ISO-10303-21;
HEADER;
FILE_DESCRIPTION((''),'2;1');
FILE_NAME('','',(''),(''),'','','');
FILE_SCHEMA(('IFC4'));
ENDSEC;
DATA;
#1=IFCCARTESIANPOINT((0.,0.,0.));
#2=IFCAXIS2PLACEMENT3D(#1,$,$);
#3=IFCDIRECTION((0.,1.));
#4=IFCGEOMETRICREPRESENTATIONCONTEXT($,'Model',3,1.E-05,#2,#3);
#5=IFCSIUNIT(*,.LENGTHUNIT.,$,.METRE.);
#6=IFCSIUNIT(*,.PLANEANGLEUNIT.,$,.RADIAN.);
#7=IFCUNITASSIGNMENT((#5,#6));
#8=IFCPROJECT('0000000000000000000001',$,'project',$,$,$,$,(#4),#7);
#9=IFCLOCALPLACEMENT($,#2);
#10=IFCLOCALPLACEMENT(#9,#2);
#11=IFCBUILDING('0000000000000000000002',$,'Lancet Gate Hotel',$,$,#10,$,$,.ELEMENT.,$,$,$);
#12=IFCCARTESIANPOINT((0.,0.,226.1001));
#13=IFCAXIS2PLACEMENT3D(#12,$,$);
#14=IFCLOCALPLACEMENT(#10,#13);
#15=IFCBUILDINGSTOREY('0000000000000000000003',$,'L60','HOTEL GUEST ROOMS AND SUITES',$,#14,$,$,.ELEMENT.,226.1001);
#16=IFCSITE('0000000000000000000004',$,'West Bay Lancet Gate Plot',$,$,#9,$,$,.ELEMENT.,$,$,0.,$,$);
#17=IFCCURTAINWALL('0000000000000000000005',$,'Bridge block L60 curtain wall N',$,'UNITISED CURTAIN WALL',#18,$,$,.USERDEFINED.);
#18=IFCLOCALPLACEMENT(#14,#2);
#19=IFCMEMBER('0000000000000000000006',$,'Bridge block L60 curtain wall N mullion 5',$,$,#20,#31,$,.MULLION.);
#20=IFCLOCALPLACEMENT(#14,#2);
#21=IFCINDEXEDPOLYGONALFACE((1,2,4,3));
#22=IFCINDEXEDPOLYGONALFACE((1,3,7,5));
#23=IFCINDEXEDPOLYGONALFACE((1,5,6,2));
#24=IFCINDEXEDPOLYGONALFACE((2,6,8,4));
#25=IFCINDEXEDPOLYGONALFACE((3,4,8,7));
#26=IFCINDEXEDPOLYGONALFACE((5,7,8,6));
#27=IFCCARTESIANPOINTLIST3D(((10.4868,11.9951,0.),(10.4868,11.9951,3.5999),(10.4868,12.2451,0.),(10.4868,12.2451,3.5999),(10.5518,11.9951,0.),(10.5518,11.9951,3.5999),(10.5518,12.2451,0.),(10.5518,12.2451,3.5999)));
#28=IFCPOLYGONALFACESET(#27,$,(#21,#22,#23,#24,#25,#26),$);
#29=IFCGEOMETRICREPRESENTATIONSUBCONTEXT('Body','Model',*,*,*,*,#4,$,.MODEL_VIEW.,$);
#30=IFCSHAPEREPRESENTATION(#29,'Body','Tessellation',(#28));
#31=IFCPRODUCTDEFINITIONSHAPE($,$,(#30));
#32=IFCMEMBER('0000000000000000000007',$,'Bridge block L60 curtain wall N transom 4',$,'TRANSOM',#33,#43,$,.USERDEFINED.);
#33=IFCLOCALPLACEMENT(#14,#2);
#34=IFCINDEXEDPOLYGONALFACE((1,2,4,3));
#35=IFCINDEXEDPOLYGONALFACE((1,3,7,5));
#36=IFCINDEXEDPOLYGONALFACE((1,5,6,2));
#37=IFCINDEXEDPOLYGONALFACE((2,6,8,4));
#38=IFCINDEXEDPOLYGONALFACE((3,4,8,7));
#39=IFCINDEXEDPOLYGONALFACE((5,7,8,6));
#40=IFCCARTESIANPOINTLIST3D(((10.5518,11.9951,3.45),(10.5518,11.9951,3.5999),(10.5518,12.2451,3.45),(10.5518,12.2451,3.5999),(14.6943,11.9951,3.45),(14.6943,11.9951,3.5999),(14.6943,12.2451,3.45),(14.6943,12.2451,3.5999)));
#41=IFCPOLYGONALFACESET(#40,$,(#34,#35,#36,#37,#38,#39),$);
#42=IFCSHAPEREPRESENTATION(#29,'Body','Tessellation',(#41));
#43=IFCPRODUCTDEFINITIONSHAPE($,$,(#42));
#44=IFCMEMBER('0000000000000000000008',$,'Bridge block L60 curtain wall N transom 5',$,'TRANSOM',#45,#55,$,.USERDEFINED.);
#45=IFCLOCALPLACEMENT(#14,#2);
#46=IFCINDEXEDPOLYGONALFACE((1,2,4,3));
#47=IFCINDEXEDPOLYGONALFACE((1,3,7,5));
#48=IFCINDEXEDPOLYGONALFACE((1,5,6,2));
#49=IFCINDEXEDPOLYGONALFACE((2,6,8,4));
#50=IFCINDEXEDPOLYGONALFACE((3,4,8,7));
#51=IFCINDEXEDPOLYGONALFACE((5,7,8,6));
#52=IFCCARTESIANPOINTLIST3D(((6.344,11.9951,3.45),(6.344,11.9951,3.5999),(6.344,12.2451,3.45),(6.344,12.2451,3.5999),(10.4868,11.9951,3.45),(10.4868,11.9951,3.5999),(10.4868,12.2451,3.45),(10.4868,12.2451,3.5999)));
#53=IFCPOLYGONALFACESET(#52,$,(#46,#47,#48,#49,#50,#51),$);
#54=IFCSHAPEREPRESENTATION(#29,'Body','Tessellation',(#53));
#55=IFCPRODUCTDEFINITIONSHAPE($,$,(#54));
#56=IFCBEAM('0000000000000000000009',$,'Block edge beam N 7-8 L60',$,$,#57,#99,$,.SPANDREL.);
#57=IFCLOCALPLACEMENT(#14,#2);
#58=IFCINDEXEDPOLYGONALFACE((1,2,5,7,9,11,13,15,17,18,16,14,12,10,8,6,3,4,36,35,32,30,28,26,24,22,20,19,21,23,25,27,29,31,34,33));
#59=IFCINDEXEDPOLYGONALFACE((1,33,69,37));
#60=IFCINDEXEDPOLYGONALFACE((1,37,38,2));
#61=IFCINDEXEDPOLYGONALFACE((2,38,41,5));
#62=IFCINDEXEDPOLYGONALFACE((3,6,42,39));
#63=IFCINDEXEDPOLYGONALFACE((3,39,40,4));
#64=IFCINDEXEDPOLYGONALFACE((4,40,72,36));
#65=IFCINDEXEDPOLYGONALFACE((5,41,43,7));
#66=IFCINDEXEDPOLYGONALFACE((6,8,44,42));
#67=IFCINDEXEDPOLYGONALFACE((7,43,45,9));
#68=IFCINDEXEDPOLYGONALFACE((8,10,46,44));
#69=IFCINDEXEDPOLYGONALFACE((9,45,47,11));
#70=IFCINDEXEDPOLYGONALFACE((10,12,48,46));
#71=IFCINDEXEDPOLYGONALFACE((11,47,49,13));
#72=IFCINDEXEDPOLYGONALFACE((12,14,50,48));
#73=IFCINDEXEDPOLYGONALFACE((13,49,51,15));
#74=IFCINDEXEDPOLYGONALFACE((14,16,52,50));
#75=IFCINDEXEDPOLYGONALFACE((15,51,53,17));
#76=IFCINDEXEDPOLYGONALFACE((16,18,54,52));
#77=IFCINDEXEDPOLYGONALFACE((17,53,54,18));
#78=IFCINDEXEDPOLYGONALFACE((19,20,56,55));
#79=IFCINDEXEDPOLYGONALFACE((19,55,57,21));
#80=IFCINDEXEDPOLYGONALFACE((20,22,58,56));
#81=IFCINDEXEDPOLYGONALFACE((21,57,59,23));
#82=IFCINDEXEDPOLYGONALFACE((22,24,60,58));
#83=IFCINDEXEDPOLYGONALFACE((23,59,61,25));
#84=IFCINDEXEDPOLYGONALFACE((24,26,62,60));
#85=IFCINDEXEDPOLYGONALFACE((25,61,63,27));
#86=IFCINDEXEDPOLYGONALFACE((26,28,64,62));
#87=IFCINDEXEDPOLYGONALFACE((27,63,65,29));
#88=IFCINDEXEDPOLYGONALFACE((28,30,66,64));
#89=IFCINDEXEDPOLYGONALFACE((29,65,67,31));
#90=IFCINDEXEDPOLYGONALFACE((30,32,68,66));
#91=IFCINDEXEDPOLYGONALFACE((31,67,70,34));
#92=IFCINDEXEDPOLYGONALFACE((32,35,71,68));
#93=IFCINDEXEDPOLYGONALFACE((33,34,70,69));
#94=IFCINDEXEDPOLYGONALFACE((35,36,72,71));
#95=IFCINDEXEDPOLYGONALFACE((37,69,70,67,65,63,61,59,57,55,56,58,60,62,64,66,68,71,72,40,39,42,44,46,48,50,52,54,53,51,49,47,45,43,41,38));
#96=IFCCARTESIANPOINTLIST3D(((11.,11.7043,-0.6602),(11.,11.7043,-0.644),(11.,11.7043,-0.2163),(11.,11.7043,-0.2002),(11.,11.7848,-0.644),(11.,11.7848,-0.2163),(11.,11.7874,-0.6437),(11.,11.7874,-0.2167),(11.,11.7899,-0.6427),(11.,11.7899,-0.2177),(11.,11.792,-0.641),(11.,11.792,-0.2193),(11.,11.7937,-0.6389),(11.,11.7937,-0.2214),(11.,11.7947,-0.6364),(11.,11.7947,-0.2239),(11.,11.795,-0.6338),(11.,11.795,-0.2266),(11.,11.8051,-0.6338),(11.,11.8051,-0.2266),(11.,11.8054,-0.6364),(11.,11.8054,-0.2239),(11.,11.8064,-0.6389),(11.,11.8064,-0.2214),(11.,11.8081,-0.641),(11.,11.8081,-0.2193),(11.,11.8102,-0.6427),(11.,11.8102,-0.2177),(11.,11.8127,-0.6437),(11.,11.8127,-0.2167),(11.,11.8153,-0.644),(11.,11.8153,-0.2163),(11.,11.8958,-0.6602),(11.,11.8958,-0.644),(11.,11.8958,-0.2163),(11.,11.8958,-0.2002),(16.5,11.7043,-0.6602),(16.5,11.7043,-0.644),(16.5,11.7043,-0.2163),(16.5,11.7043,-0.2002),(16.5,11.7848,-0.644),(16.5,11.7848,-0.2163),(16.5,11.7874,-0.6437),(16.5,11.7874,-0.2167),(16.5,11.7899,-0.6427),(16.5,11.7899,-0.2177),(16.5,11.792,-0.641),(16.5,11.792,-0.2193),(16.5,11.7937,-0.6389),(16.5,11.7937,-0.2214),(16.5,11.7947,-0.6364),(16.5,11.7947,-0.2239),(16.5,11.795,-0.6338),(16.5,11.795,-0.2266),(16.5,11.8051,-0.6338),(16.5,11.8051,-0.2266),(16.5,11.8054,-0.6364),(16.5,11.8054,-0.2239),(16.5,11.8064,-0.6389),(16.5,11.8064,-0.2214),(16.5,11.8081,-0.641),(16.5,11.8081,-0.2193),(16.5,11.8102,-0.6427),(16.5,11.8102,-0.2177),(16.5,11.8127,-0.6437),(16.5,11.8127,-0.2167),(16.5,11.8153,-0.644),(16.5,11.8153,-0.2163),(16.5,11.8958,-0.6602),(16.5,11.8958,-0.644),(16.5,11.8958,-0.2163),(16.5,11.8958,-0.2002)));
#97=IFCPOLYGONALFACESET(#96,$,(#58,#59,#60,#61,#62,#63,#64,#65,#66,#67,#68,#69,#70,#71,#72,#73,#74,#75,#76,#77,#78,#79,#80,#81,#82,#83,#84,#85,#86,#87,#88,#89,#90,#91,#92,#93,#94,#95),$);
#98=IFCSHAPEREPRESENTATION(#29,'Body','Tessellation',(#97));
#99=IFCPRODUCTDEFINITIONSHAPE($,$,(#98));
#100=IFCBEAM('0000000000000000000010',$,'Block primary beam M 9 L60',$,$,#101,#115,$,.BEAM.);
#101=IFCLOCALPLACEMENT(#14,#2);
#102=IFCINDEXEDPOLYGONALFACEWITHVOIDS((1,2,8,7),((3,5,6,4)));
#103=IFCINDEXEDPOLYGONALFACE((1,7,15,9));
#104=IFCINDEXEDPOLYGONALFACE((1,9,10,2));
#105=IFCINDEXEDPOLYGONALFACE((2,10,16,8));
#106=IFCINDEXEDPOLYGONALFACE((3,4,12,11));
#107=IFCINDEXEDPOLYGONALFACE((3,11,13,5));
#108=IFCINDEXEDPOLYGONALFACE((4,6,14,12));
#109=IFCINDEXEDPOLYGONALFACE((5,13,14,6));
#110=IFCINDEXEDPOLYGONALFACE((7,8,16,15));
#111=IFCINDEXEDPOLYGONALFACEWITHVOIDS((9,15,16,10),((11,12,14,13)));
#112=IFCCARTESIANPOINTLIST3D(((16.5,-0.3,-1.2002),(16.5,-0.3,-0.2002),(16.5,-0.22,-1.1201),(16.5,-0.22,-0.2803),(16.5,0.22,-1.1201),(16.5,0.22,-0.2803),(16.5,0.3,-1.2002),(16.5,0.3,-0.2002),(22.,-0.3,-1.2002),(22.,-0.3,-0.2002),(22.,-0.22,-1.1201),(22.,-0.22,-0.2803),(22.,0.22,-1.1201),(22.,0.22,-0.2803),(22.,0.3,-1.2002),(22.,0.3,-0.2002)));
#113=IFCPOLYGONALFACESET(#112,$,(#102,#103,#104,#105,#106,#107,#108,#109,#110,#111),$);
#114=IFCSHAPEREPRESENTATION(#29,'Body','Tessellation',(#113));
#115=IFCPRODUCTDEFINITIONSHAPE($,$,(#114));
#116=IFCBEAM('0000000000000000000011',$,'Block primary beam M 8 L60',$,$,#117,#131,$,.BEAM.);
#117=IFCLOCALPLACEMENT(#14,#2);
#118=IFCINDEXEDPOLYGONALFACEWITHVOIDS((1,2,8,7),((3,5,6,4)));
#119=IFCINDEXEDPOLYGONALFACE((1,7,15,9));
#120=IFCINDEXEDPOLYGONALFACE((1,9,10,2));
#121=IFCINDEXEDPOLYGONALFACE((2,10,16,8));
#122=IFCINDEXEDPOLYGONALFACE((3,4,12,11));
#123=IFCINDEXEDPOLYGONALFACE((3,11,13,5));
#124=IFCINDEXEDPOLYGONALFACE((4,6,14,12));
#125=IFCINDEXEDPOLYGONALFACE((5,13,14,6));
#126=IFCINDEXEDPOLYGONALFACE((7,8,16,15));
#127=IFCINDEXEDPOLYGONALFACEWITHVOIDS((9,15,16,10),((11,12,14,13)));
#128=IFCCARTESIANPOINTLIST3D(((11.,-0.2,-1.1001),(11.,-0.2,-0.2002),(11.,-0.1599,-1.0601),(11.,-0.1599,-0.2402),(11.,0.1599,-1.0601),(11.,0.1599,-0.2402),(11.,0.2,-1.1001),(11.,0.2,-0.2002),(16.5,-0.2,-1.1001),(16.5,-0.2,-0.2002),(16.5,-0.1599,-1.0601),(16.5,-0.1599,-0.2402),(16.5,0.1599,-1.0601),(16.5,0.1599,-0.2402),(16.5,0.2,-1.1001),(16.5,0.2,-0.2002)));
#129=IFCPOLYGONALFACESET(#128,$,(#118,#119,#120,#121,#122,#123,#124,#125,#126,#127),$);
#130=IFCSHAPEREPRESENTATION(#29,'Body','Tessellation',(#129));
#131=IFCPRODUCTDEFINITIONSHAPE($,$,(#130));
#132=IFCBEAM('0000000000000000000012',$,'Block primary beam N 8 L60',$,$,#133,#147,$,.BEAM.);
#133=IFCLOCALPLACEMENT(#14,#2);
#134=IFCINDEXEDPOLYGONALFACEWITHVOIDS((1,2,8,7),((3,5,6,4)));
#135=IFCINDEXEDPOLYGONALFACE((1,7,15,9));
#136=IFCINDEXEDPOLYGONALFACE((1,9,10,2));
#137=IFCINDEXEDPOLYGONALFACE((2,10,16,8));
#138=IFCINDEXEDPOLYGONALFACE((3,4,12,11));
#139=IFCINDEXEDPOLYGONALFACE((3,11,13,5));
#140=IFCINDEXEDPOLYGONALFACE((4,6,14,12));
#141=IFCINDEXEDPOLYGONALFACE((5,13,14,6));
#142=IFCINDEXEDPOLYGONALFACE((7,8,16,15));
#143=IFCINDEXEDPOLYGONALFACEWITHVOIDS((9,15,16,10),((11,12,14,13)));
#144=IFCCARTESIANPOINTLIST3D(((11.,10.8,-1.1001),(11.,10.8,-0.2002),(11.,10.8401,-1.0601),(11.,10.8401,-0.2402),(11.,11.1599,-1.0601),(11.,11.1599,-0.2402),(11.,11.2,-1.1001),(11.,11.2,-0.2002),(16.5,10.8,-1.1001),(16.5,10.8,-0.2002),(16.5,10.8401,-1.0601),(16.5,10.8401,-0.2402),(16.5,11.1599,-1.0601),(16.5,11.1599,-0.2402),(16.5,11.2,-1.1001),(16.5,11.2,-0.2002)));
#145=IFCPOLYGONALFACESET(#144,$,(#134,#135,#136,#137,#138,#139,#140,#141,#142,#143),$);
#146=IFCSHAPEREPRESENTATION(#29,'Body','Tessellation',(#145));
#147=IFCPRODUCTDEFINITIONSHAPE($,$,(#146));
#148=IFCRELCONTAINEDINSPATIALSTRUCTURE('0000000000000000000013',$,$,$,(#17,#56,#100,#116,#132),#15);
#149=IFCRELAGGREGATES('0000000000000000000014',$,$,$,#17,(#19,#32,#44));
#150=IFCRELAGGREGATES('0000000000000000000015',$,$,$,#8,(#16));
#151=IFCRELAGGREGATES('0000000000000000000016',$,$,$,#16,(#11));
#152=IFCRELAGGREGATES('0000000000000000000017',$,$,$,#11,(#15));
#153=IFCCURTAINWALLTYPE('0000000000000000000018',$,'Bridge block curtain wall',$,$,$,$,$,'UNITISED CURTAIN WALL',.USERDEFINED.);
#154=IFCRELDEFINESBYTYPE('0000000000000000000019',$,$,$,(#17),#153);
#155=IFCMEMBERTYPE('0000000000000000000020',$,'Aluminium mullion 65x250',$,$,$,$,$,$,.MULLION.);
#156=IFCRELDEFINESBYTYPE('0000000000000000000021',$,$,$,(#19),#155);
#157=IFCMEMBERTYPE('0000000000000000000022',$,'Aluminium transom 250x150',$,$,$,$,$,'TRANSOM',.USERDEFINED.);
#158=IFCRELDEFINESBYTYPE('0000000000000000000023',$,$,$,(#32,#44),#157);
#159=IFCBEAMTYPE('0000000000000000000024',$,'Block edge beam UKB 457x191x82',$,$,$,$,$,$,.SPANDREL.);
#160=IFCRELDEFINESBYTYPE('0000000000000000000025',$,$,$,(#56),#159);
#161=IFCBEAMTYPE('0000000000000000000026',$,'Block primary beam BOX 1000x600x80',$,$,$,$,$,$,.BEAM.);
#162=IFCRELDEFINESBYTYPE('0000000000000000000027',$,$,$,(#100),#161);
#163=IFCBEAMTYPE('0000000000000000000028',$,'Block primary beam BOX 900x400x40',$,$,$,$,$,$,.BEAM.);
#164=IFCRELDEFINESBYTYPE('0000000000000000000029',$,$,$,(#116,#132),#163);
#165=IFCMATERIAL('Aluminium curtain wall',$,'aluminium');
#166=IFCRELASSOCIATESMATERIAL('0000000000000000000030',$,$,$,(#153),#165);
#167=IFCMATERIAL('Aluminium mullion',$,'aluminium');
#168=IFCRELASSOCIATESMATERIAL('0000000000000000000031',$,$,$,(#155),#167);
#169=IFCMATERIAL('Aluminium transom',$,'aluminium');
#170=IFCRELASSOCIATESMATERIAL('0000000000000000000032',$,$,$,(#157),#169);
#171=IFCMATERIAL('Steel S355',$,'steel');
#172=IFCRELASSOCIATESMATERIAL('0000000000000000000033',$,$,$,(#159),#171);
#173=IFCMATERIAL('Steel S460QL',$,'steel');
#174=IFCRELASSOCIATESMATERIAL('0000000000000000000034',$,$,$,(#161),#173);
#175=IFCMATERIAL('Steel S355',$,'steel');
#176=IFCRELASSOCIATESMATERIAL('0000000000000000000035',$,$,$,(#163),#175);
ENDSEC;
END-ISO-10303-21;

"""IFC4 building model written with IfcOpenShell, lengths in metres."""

from ifc_helpers import new_model, si_unit, direction, frame, origin, origin_2d, place, context, subcontext, project, spatial, rectangle, hollow_rectangle, i_section, extrude, material, material_profile, profile_set, type_object, element, aggregate, save


model = new_model("IFC4")

# Units and contexts
model_context = context("Model", 3, precision=1e-05, world=origin(), true_north=direction((0.0, 1.0)))
body_context = subcontext(model_context, "Body", "Model", "MODEL_VIEW")
ifc_project = project(units=[si_unit("LENGTHUNIT", "METRE"), si_unit("PLANEANGLEUNIT", "RADIAN")], contexts=[model_context])

# Site, building, storey
site_placement = place(None, origin())
site = spatial("IfcSite", under=ifc_project, at=site_placement, Name="West Bay Lancet Gate Plot", CompositionType="ELEMENT", RefElevation=0.0)
building_placement = place(site_placement, origin())
building = spatial("IfcBuilding", under=site, at=building_placement, Name="Lancet Gate Hotel", CompositionType="ELEMENT")
storey_placement = place(building_placement, frame((0.0, 0.0, 226.1001)))
storey = spatial("IfcBuildingStorey", under=building, at=storey_placement, Name="L60", Description="HOTEL GUEST ROOMS AND SUITES", CompositionType="ELEMENT", Elevation=226.1001)

# Curtain wall, members
ifc_material_1 = material(Name="Aluminium curtain wall", Category="aluminium")
curtain_wall_type = type_object("IfcCurtainWallType", Name="Bridge block curtain wall", ElementType="UNITISED CURTAIN WALL", PredefinedType="USERDEFINED", material=ifc_material_1)
curtain_wall_placement = place(storey_placement, origin())
curtain_wall = element("IfcCurtainWall", 1, at=curtain_wall_placement, inside=storey, type_object=curtain_wall_type, Name="Bridge block L60 curtain wall N", ObjectType="UNITISED CURTAIN WALL", PredefinedType="USERDEFINED")
ifc_material_2 = material(Name="Aluminium mullion", Category="aluminium")
ifc_material_profile_1 = material_profile(ifc_material_2, rectangle(XDim=0.0649, YDim=0.25, at=origin_2d()), Name="MULLION 65x250")
ifc_profile_set_1 = profile_set([ifc_material_profile_1], Name="Aluminium mullion")
member_type_1 = type_object("IfcMemberType", Name="Aluminium mullion 65x250", PredefinedType="MULLION", material=ifc_profile_set_1)
member_1_placement = place(storey_placement, frame((10.5193, 12.1201, 0.0), z_axis=(0.0, 0.0, 1.0), x_axis=(-1.0, 0.0, 0.0)))
member_1 = element("IfcMember", 2, at=member_1_placement, type_object=member_type_1, Name="Bridge block L60 curtain wall N mullion 5", PredefinedType="MULLION", context=body_context, shape_type="SweptSolid", body=[
    extrude(rectangle(XDim=0.0649, YDim=0.25, at=origin_2d()), origin(), (0.0, 0.0, 1.0), 3.5999),
])
ifc_material_3 = material(Name="Aluminium transom", Category="aluminium")
ifc_material_profile_2 = material_profile(ifc_material_3, rectangle(XDim=0.25, YDim=0.1499, at=origin_2d()), Name="TRANSOM 250x150")
ifc_profile_set_2 = profile_set([ifc_material_profile_2], Name="Aluminium transom")
member_type_2 = type_object("IfcMemberType", Name="Aluminium transom 250x150", ElementType="TRANSOM", PredefinedType="USERDEFINED", material=ifc_profile_set_2)
member_2_placement = place(storey_placement, frame((14.6943, 12.1201, 3.5249), z_axis=(-1.0, 0.0, 0.0), x_axis=(0.0, -1.0, 0.0)))
member_2 = element("IfcMember", 3, at=member_2_placement, type_object=member_type_2, Name="Bridge block L60 curtain wall N transom 4", ObjectType="TRANSOM", PredefinedType="USERDEFINED", context=body_context, shape_type="SweptSolid", body=[
    extrude(rectangle(XDim=0.25, YDim=0.1499, at=origin_2d()), origin(), (0.0, 0.0, 1.0), 4.1426),
])
member_3_placement = place(storey_placement, frame((10.4868, 12.1201, 3.5249), z_axis=(-1.0, 0.0, 0.0), x_axis=(0.0, -1.0, 0.0)))
member_3 = element("IfcMember", 4, at=member_3_placement, type_object=member_type_2, Name="Bridge block L60 curtain wall N transom 5", ObjectType="TRANSOM", PredefinedType="USERDEFINED", context=body_context, shape_type="SweptSolid", body=[
    extrude(rectangle(XDim=0.25, YDim=0.1499, at=origin_2d()), origin(), (0.0, 0.0, 1.0), 4.1428),
])

# Beams
ifc_material_4 = material(Name="Steel S355", Category="steel")
ifc_material_profile_3 = material_profile(ifc_material_4, i_section(OverallWidth=0.1914, OverallDepth=0.46, WebThickness=0.01, FlangeThickness=0.0161, FilletRadius=0.0103, at=origin_2d()), Name="UKB 457x191x82")
ifc_profile_set_3 = profile_set([ifc_material_profile_3], Name="Steel S355")
beam_type_1 = type_object("IfcBeamType", Name="Block edge beam UKB 457x191x82", PredefinedType="SPANDREL", material=ifc_profile_set_3)
beam_1_placement = place(storey_placement, frame((11.0, 11.8, -0.4302), z_axis=(1.0, 0.0, 0.0), x_axis=(0.0, 1.0, 0.0)))
element("IfcBeam", 5, at=beam_1_placement, inside=storey, type_object=beam_type_1, Name="Block edge beam N 7-8 L60", PredefinedType="SPANDREL", context=body_context, shape_type="SweptSolid", body=[
    extrude(i_section(OverallWidth=0.1914, OverallDepth=0.46, WebThickness=0.01, FlangeThickness=0.0161, FilletRadius=0.0103, at=origin_2d()), origin(), (0.0, 0.0, 1.0), 5.5),
])
ifc_material_5 = material(Name="Steel S460QL", Category="steel")
ifc_material_profile_4 = material_profile(ifc_material_5, hollow_rectangle(XDim=0.6001, YDim=1.0, WallThickness=0.0801, at=origin_2d()), Name="BOX 1000x600x80")
ifc_profile_set_4 = profile_set([ifc_material_profile_4], Name="Steel S460QL")
beam_type_2 = type_object("IfcBeamType", Name="Block primary beam BOX 1000x600x80", PredefinedType="BEAM", material=ifc_profile_set_4)
beam_2_placement = place(storey_placement, frame((16.5, 0.0, -0.7002), z_axis=(1.0, 0.0, 0.0), x_axis=(0.0, 1.0, 0.0)))
element("IfcBeam", 6, at=beam_2_placement, inside=storey, type_object=beam_type_2, Name="Block primary beam M 9 L60", PredefinedType="BEAM", context=body_context, shape_type="SweptSolid", body=[
    extrude(hollow_rectangle(XDim=0.6001, YDim=1.0, WallThickness=0.0801, at=origin_2d()), origin(), (0.0, 0.0, 1.0), 5.5),
])
ifc_material_6 = material(Name="Steel S355", Category="steel")
ifc_material_profile_5 = material_profile(ifc_material_6, hollow_rectangle(XDim=0.3999, YDim=0.8999, WallThickness=0.04, at=origin_2d()), Name="BOX 900x400x40")
ifc_profile_set_5 = profile_set([ifc_material_profile_5], Name="Steel S355")
beam_type_3 = type_object("IfcBeamType", Name="Block primary beam BOX 900x400x40", PredefinedType="BEAM", material=ifc_profile_set_5)
for number, where, z_axis, x_axis, name in (
    (7, (11.0, 0.0, -0.6501), (1.0, 0.0, 0.0), (0.0, 1.0, 0.0), "Block primary beam M 8 L60"),
    (8, (11.0, 11.0, -0.6501), (1.0, 0.0, 0.0), (0.0, 1.0, 0.0), "Block primary beam N 8 L60"),
):
    element("IfcBeam", number, at=place(storey_placement, frame(where, z_axis=z_axis, x_axis=x_axis)), inside=storey, type_object=beam_type_3, Name=name, PredefinedType="BEAM", context=body_context, shape_type="SweptSolid", body=[
        extrude(hollow_rectangle(XDim=0.3999, YDim=0.8999, WallThickness=0.04, at=origin_2d()), origin(), (0.0, 0.0, 1.0), 5.5),
    ])

aggregate(curtain_wall, [member_1, member_2, member_3])

save(model, "model.ifc")
